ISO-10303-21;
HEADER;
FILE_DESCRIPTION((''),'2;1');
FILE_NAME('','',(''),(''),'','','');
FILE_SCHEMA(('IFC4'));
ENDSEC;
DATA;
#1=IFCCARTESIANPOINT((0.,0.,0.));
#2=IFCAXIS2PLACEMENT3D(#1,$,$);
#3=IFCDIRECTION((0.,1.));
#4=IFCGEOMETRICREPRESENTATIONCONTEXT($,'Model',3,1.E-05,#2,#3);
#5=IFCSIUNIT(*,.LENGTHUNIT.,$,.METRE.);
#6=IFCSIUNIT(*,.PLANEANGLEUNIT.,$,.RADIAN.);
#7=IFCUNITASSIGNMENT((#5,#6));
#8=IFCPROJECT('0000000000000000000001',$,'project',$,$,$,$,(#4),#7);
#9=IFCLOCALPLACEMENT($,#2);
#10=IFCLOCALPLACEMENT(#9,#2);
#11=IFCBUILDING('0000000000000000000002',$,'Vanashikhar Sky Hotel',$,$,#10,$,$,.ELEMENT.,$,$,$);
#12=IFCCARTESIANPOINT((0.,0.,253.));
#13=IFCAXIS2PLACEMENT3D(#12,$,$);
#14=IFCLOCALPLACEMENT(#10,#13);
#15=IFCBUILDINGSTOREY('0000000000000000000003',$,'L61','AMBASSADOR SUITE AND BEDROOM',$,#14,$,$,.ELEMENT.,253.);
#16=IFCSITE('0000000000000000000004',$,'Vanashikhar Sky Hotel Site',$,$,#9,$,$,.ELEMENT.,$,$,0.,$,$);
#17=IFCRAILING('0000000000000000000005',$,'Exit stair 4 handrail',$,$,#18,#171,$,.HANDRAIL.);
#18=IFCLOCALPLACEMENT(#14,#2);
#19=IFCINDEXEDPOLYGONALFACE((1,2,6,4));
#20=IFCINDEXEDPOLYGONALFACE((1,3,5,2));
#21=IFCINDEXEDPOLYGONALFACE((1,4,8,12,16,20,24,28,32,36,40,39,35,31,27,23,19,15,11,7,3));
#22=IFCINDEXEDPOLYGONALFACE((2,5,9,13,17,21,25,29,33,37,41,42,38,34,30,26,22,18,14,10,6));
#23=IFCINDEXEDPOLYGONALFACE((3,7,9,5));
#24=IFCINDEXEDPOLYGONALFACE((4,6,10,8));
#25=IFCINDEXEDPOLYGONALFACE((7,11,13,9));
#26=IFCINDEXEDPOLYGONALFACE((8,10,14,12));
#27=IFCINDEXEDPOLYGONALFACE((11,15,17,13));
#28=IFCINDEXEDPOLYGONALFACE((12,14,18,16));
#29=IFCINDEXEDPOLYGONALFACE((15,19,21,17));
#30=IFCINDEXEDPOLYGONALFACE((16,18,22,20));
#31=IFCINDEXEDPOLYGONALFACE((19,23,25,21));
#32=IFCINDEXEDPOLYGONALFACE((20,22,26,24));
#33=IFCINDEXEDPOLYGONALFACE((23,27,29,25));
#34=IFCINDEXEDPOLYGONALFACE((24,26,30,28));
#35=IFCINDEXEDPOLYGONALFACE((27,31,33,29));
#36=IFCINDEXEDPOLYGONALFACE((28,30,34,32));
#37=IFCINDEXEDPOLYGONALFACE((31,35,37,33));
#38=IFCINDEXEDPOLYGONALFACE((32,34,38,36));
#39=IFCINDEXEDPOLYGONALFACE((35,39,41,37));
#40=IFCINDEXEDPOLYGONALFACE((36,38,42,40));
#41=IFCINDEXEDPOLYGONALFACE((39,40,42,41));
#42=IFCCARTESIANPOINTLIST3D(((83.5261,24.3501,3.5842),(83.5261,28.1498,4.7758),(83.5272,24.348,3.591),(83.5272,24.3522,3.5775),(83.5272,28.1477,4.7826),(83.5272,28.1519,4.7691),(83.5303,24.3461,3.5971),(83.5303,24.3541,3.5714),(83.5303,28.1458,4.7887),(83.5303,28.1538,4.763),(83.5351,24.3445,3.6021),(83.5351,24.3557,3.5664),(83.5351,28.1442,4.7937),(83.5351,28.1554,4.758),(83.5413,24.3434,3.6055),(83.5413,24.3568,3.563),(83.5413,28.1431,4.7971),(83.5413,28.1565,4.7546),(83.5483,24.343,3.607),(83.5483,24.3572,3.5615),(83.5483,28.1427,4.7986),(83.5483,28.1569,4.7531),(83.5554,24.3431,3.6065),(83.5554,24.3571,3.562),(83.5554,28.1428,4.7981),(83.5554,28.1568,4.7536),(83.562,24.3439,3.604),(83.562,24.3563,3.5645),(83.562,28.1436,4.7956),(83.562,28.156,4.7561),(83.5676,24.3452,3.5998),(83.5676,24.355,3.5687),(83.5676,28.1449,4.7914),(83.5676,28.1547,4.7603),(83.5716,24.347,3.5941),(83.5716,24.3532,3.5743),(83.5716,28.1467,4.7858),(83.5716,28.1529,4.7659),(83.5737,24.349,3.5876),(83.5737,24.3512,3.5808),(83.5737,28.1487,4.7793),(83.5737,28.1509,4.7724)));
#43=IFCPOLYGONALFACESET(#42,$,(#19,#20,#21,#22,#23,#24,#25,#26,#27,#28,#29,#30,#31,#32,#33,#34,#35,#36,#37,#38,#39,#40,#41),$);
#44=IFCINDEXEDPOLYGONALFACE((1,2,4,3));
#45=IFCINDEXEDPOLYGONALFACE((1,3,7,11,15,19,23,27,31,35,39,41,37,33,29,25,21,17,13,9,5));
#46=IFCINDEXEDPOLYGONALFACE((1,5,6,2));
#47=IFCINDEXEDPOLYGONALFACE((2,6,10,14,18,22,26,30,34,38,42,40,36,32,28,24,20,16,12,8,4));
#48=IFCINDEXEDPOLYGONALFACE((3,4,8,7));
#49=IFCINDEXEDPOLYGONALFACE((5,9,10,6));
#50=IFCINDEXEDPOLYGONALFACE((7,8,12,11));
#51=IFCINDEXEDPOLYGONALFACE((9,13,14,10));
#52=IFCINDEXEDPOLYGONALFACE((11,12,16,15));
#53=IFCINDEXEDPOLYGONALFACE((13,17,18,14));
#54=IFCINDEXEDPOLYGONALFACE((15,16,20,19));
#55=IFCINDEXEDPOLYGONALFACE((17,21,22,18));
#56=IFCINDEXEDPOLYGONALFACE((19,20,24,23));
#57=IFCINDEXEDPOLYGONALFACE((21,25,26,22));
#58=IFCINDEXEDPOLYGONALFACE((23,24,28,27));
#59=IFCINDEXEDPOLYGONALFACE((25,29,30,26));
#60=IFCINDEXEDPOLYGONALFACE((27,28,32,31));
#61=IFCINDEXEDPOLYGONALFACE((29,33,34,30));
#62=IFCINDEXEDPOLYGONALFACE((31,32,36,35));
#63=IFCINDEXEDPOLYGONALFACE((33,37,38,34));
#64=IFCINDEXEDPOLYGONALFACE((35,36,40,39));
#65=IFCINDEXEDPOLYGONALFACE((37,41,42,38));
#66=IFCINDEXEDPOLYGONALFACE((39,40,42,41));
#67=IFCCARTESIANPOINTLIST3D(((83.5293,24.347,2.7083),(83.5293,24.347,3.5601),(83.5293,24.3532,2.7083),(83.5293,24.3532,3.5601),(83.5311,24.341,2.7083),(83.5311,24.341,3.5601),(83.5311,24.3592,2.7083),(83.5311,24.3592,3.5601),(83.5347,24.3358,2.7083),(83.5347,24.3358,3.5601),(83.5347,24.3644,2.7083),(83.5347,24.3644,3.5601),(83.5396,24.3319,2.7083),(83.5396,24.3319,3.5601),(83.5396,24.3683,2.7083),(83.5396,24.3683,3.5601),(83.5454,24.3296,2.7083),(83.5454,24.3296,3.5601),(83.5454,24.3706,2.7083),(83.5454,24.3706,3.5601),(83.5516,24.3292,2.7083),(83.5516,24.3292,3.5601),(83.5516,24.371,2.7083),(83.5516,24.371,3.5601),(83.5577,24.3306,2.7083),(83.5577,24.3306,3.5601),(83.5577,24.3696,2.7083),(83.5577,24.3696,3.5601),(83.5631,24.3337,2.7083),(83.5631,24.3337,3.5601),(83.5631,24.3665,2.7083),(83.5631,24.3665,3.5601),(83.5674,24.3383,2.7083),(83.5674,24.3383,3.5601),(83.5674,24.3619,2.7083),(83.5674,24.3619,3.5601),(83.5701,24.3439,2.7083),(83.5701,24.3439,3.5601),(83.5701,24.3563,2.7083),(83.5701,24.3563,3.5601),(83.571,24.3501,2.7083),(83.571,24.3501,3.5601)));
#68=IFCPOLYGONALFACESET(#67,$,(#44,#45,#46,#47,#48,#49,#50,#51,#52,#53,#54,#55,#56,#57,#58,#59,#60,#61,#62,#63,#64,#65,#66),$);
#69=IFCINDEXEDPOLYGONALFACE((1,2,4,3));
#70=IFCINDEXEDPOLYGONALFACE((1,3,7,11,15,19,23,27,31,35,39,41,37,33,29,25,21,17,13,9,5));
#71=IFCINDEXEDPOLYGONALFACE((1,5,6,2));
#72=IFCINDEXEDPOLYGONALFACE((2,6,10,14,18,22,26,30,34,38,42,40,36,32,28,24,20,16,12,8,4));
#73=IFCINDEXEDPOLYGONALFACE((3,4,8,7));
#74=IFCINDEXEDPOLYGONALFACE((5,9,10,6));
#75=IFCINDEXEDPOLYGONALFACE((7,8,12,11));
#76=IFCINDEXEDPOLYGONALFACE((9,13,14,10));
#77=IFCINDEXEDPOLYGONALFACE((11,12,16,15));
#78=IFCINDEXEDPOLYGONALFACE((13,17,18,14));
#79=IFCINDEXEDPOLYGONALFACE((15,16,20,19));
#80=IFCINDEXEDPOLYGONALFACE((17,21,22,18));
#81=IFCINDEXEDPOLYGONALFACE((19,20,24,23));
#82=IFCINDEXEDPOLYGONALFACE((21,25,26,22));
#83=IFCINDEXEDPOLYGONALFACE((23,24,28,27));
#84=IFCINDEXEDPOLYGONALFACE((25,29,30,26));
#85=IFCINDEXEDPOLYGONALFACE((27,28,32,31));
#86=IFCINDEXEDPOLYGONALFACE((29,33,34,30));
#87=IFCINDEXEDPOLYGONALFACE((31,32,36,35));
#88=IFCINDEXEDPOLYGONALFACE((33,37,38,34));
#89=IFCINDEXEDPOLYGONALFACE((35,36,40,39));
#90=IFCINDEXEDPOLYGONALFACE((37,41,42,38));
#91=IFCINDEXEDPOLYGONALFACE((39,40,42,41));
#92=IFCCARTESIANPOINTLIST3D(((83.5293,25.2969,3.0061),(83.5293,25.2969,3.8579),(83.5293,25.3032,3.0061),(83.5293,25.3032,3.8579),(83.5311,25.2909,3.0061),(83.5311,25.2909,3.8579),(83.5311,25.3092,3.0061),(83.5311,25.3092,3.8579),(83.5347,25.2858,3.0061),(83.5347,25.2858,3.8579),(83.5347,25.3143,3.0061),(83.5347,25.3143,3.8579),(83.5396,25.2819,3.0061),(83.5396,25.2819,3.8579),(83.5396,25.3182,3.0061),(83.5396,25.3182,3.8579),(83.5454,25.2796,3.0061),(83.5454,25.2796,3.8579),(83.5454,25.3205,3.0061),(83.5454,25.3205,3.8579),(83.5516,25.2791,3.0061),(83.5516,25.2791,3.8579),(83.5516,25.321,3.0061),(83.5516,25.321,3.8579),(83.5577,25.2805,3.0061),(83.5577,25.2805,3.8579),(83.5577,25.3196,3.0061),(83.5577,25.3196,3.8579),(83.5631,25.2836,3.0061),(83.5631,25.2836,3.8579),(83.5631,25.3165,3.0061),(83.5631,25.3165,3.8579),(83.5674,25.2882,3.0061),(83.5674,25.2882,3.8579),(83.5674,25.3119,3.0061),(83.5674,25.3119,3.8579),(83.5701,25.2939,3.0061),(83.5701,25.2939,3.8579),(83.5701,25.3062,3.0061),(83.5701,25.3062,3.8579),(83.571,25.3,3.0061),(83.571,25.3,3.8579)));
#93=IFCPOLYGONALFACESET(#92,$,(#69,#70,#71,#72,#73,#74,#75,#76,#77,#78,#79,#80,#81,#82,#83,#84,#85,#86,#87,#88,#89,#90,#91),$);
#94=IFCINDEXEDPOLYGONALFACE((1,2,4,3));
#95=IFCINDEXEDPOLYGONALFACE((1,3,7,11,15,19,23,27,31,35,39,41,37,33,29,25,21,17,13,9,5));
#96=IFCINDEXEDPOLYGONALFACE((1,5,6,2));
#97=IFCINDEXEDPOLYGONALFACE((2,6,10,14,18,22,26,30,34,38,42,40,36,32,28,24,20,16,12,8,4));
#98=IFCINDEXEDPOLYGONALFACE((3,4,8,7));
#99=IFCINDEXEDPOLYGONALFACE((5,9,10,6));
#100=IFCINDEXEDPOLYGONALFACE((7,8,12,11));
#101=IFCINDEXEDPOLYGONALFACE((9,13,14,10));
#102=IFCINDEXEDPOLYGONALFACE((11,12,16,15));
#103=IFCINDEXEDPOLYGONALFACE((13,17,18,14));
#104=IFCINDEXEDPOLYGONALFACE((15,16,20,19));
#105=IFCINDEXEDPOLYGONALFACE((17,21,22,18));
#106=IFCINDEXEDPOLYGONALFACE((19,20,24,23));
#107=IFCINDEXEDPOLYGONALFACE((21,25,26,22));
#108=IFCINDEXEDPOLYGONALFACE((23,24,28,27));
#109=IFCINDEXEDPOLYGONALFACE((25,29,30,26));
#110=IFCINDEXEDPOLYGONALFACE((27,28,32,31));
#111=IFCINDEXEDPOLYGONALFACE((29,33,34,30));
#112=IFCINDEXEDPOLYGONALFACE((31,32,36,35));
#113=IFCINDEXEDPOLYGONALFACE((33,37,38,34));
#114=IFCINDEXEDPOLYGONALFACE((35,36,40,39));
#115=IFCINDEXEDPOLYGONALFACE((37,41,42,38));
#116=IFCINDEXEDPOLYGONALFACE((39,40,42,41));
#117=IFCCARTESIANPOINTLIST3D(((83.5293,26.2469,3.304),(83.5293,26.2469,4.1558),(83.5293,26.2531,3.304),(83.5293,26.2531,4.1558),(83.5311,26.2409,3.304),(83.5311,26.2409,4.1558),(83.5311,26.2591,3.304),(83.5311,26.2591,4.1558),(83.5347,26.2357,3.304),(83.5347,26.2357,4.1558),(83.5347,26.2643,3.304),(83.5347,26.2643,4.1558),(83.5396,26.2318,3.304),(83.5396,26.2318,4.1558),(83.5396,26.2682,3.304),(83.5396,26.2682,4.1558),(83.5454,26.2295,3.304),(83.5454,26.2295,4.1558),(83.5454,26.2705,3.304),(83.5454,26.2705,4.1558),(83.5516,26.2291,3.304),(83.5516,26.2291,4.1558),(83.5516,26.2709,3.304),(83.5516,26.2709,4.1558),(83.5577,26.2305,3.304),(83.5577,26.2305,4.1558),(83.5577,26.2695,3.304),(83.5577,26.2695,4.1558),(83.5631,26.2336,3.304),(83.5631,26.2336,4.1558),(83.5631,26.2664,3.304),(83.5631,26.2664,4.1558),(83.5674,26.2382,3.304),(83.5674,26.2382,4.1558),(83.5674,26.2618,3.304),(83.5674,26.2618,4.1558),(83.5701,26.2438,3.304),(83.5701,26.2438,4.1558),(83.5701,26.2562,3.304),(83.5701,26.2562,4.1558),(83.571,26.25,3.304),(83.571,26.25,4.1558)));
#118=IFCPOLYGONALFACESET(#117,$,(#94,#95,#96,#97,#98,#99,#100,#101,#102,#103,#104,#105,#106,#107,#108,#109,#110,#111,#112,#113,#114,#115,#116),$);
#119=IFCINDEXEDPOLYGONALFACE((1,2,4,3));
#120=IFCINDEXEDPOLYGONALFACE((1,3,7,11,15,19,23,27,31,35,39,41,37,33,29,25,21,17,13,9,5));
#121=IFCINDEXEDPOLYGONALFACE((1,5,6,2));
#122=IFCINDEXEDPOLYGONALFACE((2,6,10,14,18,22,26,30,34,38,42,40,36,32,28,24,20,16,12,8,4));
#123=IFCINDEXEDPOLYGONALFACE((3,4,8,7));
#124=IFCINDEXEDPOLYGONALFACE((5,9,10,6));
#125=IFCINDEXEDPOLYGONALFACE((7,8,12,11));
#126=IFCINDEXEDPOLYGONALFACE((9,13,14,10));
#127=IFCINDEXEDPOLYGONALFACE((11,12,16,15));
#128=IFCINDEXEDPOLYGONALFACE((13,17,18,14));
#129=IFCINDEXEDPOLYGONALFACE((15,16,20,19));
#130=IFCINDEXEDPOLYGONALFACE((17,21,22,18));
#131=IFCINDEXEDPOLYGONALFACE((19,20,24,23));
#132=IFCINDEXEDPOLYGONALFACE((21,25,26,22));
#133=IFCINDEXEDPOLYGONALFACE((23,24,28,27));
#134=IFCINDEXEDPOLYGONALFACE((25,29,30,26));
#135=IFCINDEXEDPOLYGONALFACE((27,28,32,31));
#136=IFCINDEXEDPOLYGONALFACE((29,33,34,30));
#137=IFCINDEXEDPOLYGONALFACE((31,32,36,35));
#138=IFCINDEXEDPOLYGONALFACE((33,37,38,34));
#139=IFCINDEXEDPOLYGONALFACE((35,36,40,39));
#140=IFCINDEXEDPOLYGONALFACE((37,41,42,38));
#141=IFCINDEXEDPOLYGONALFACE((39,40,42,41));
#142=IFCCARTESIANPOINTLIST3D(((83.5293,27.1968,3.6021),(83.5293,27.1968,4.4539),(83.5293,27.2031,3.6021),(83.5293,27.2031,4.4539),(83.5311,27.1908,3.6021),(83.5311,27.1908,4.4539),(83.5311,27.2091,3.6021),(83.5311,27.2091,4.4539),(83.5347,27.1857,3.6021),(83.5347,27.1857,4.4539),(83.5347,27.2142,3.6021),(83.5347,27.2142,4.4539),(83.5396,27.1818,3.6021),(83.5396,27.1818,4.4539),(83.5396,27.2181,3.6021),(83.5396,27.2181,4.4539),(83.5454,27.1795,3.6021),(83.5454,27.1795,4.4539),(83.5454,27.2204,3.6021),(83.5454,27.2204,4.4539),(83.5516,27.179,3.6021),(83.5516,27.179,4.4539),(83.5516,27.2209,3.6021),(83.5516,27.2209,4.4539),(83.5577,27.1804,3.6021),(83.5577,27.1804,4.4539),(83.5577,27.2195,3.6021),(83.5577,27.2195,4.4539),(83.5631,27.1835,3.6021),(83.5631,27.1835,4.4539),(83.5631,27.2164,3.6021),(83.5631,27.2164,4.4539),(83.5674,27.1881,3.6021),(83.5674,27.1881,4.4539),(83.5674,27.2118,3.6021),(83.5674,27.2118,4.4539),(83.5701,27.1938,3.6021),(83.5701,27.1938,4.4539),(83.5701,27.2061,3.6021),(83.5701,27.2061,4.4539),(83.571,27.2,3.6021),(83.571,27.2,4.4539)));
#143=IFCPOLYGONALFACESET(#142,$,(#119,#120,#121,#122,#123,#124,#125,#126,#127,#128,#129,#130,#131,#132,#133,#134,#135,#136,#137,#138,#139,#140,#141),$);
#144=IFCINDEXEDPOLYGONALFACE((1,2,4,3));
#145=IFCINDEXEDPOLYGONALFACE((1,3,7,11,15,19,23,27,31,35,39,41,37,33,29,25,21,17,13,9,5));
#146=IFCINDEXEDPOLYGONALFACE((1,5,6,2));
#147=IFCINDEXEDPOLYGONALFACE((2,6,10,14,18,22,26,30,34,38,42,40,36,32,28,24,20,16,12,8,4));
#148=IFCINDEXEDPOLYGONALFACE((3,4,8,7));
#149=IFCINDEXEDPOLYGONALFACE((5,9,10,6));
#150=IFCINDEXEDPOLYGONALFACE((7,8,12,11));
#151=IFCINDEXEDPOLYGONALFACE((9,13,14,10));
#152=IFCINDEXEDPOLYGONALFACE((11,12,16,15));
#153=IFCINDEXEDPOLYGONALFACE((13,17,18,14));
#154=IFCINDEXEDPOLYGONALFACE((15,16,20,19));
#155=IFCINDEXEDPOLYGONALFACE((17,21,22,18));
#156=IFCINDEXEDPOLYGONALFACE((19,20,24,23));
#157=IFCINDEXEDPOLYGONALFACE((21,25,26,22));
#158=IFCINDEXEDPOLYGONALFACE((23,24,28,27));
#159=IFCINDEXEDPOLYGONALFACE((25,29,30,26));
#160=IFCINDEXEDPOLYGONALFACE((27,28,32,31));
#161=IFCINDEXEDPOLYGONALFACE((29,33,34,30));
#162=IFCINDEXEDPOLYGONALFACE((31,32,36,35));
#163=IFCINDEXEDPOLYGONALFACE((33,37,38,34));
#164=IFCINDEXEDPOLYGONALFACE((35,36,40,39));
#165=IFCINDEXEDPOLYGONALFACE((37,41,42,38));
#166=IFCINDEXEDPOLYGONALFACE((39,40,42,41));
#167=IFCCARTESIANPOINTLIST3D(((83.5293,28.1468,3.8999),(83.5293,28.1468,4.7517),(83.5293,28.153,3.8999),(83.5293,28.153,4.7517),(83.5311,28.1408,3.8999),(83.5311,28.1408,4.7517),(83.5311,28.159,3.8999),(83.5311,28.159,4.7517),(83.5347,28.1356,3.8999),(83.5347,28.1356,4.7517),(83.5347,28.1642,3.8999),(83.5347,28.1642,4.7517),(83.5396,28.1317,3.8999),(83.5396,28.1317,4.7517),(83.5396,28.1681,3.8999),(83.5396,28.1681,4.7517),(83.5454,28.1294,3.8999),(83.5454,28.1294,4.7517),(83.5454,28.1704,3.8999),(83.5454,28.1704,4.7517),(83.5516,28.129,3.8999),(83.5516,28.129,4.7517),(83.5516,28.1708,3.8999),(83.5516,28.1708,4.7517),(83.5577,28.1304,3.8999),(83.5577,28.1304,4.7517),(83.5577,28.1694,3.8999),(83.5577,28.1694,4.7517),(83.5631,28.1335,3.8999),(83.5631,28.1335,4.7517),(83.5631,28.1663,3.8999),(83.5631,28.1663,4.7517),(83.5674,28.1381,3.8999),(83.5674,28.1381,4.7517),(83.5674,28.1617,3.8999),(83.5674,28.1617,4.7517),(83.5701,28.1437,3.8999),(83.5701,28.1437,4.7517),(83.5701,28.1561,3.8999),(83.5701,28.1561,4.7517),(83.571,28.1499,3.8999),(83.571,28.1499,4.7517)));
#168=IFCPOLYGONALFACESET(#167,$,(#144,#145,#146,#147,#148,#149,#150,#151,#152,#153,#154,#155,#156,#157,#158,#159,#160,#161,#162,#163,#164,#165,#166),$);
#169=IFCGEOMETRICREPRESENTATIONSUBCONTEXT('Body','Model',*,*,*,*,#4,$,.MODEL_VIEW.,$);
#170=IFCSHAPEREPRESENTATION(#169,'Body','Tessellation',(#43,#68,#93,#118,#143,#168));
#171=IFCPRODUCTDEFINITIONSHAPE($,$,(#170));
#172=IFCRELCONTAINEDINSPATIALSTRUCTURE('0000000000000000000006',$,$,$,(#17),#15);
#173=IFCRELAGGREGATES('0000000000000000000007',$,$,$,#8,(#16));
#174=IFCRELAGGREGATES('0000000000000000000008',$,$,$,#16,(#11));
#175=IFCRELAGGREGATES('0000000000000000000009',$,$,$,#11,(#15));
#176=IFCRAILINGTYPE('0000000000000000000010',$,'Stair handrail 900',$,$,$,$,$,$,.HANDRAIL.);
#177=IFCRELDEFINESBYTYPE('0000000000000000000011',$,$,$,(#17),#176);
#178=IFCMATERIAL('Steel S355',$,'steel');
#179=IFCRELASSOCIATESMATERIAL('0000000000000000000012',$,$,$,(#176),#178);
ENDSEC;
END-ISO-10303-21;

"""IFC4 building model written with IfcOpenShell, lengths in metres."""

from ifc_helpers import new_model, si_unit, direction, frame, origin, origin_2d, place, context, subcontext, project, spatial, circle, extrude, source, transform, mapped, material, type_object, element, save


model = new_model("IFC4")

# Units and contexts
model_context = context("Model", 3, precision=1e-05, world=origin(), true_north=direction((0.0, 1.0)))
body_context = subcontext(model_context, "Body", "Model", "MODEL_VIEW")
ifc_project = project(units=[si_unit("LENGTHUNIT", "METRE"), si_unit("PLANEANGLEUNIT", "RADIAN")], contexts=[model_context])

# Site, building, storey
site_placement = place(None, origin())
site = spatial("IfcSite", under=ifc_project, at=site_placement, Name="Vanashikhar Sky Hotel Site", CompositionType="ELEMENT", RefElevation=0.0)
building_placement = place(site_placement, origin())
building = spatial("IfcBuilding", under=site, at=building_placement, Name="Vanashikhar Sky Hotel", CompositionType="ELEMENT")
storey_placement = place(building_placement, frame((0.0, 0.0, 253.0)))
storey = spatial("IfcBuildingStorey", under=building, at=storey_placement, Name="L61", Description="AMBASSADOR SUITE AND BEDROOM", CompositionType="ELEMENT", Elevation=253.0)

# Railing
ifc_material_1 = material(Name="Steel S355", Category="steel")
railing_type_1 = type_object("IfcRailingType", Name="Stair handrail 900", PredefinedType="HANDRAIL", material=ifc_material_1)
shared_shape_1 = source(origin(), body_context, "Body", "SweptSolid", [
    extrude(circle(Radius=0.0239, at=origin_2d()), frame((0.0, 0.0, 0.876), z_axis=(0.0, 0.954178, 0.299238), x_axis=(-1.0, 0.0, 0.0)), (0.0, 0.0, 1.0), 3.9822),
    extrude(circle(Radius=0.021, at=origin_2d()), origin(), (0.0, 0.0, 1.0), 0.8518),
    extrude(circle(Radius=0.021, at=origin_2d()), frame((0.0, 0.95, 0.2979)), (0.0, 0.0, 1.0), 0.8518),
    extrude(circle(Radius=0.021, at=origin_2d()), frame((0.0, 1.8999, 0.5957)), (0.0, 0.0, 1.0), 0.8518),
    extrude(circle(Radius=0.021, at=origin_2d()), frame((0.0, 2.8499, 0.8938)), (0.0, 0.0, 1.0), 0.8518),
    extrude(circle(Radius=0.021, at=origin_2d()), frame((0.0, 3.7998, 1.1917)), (0.0, 0.0, 1.0), 0.8518),
])
for number, where, name in (
    (1, (83.55, 24.3501, 2.7083), "Exit stair 4 handrail"),
):
    element("IfcRailing", number, at=place(storey_placement, frame(where)), inside=storey, type_object=railing_type_1, Name=name, PredefinedType="HANDRAIL", context=body_context, shape_type="MappedRepresentation", body=[
        mapped(shared_shape_1, transform((0.0, 0.0, 0.0), scale=1.0)),
    ])

save(model, "model.ifc")
